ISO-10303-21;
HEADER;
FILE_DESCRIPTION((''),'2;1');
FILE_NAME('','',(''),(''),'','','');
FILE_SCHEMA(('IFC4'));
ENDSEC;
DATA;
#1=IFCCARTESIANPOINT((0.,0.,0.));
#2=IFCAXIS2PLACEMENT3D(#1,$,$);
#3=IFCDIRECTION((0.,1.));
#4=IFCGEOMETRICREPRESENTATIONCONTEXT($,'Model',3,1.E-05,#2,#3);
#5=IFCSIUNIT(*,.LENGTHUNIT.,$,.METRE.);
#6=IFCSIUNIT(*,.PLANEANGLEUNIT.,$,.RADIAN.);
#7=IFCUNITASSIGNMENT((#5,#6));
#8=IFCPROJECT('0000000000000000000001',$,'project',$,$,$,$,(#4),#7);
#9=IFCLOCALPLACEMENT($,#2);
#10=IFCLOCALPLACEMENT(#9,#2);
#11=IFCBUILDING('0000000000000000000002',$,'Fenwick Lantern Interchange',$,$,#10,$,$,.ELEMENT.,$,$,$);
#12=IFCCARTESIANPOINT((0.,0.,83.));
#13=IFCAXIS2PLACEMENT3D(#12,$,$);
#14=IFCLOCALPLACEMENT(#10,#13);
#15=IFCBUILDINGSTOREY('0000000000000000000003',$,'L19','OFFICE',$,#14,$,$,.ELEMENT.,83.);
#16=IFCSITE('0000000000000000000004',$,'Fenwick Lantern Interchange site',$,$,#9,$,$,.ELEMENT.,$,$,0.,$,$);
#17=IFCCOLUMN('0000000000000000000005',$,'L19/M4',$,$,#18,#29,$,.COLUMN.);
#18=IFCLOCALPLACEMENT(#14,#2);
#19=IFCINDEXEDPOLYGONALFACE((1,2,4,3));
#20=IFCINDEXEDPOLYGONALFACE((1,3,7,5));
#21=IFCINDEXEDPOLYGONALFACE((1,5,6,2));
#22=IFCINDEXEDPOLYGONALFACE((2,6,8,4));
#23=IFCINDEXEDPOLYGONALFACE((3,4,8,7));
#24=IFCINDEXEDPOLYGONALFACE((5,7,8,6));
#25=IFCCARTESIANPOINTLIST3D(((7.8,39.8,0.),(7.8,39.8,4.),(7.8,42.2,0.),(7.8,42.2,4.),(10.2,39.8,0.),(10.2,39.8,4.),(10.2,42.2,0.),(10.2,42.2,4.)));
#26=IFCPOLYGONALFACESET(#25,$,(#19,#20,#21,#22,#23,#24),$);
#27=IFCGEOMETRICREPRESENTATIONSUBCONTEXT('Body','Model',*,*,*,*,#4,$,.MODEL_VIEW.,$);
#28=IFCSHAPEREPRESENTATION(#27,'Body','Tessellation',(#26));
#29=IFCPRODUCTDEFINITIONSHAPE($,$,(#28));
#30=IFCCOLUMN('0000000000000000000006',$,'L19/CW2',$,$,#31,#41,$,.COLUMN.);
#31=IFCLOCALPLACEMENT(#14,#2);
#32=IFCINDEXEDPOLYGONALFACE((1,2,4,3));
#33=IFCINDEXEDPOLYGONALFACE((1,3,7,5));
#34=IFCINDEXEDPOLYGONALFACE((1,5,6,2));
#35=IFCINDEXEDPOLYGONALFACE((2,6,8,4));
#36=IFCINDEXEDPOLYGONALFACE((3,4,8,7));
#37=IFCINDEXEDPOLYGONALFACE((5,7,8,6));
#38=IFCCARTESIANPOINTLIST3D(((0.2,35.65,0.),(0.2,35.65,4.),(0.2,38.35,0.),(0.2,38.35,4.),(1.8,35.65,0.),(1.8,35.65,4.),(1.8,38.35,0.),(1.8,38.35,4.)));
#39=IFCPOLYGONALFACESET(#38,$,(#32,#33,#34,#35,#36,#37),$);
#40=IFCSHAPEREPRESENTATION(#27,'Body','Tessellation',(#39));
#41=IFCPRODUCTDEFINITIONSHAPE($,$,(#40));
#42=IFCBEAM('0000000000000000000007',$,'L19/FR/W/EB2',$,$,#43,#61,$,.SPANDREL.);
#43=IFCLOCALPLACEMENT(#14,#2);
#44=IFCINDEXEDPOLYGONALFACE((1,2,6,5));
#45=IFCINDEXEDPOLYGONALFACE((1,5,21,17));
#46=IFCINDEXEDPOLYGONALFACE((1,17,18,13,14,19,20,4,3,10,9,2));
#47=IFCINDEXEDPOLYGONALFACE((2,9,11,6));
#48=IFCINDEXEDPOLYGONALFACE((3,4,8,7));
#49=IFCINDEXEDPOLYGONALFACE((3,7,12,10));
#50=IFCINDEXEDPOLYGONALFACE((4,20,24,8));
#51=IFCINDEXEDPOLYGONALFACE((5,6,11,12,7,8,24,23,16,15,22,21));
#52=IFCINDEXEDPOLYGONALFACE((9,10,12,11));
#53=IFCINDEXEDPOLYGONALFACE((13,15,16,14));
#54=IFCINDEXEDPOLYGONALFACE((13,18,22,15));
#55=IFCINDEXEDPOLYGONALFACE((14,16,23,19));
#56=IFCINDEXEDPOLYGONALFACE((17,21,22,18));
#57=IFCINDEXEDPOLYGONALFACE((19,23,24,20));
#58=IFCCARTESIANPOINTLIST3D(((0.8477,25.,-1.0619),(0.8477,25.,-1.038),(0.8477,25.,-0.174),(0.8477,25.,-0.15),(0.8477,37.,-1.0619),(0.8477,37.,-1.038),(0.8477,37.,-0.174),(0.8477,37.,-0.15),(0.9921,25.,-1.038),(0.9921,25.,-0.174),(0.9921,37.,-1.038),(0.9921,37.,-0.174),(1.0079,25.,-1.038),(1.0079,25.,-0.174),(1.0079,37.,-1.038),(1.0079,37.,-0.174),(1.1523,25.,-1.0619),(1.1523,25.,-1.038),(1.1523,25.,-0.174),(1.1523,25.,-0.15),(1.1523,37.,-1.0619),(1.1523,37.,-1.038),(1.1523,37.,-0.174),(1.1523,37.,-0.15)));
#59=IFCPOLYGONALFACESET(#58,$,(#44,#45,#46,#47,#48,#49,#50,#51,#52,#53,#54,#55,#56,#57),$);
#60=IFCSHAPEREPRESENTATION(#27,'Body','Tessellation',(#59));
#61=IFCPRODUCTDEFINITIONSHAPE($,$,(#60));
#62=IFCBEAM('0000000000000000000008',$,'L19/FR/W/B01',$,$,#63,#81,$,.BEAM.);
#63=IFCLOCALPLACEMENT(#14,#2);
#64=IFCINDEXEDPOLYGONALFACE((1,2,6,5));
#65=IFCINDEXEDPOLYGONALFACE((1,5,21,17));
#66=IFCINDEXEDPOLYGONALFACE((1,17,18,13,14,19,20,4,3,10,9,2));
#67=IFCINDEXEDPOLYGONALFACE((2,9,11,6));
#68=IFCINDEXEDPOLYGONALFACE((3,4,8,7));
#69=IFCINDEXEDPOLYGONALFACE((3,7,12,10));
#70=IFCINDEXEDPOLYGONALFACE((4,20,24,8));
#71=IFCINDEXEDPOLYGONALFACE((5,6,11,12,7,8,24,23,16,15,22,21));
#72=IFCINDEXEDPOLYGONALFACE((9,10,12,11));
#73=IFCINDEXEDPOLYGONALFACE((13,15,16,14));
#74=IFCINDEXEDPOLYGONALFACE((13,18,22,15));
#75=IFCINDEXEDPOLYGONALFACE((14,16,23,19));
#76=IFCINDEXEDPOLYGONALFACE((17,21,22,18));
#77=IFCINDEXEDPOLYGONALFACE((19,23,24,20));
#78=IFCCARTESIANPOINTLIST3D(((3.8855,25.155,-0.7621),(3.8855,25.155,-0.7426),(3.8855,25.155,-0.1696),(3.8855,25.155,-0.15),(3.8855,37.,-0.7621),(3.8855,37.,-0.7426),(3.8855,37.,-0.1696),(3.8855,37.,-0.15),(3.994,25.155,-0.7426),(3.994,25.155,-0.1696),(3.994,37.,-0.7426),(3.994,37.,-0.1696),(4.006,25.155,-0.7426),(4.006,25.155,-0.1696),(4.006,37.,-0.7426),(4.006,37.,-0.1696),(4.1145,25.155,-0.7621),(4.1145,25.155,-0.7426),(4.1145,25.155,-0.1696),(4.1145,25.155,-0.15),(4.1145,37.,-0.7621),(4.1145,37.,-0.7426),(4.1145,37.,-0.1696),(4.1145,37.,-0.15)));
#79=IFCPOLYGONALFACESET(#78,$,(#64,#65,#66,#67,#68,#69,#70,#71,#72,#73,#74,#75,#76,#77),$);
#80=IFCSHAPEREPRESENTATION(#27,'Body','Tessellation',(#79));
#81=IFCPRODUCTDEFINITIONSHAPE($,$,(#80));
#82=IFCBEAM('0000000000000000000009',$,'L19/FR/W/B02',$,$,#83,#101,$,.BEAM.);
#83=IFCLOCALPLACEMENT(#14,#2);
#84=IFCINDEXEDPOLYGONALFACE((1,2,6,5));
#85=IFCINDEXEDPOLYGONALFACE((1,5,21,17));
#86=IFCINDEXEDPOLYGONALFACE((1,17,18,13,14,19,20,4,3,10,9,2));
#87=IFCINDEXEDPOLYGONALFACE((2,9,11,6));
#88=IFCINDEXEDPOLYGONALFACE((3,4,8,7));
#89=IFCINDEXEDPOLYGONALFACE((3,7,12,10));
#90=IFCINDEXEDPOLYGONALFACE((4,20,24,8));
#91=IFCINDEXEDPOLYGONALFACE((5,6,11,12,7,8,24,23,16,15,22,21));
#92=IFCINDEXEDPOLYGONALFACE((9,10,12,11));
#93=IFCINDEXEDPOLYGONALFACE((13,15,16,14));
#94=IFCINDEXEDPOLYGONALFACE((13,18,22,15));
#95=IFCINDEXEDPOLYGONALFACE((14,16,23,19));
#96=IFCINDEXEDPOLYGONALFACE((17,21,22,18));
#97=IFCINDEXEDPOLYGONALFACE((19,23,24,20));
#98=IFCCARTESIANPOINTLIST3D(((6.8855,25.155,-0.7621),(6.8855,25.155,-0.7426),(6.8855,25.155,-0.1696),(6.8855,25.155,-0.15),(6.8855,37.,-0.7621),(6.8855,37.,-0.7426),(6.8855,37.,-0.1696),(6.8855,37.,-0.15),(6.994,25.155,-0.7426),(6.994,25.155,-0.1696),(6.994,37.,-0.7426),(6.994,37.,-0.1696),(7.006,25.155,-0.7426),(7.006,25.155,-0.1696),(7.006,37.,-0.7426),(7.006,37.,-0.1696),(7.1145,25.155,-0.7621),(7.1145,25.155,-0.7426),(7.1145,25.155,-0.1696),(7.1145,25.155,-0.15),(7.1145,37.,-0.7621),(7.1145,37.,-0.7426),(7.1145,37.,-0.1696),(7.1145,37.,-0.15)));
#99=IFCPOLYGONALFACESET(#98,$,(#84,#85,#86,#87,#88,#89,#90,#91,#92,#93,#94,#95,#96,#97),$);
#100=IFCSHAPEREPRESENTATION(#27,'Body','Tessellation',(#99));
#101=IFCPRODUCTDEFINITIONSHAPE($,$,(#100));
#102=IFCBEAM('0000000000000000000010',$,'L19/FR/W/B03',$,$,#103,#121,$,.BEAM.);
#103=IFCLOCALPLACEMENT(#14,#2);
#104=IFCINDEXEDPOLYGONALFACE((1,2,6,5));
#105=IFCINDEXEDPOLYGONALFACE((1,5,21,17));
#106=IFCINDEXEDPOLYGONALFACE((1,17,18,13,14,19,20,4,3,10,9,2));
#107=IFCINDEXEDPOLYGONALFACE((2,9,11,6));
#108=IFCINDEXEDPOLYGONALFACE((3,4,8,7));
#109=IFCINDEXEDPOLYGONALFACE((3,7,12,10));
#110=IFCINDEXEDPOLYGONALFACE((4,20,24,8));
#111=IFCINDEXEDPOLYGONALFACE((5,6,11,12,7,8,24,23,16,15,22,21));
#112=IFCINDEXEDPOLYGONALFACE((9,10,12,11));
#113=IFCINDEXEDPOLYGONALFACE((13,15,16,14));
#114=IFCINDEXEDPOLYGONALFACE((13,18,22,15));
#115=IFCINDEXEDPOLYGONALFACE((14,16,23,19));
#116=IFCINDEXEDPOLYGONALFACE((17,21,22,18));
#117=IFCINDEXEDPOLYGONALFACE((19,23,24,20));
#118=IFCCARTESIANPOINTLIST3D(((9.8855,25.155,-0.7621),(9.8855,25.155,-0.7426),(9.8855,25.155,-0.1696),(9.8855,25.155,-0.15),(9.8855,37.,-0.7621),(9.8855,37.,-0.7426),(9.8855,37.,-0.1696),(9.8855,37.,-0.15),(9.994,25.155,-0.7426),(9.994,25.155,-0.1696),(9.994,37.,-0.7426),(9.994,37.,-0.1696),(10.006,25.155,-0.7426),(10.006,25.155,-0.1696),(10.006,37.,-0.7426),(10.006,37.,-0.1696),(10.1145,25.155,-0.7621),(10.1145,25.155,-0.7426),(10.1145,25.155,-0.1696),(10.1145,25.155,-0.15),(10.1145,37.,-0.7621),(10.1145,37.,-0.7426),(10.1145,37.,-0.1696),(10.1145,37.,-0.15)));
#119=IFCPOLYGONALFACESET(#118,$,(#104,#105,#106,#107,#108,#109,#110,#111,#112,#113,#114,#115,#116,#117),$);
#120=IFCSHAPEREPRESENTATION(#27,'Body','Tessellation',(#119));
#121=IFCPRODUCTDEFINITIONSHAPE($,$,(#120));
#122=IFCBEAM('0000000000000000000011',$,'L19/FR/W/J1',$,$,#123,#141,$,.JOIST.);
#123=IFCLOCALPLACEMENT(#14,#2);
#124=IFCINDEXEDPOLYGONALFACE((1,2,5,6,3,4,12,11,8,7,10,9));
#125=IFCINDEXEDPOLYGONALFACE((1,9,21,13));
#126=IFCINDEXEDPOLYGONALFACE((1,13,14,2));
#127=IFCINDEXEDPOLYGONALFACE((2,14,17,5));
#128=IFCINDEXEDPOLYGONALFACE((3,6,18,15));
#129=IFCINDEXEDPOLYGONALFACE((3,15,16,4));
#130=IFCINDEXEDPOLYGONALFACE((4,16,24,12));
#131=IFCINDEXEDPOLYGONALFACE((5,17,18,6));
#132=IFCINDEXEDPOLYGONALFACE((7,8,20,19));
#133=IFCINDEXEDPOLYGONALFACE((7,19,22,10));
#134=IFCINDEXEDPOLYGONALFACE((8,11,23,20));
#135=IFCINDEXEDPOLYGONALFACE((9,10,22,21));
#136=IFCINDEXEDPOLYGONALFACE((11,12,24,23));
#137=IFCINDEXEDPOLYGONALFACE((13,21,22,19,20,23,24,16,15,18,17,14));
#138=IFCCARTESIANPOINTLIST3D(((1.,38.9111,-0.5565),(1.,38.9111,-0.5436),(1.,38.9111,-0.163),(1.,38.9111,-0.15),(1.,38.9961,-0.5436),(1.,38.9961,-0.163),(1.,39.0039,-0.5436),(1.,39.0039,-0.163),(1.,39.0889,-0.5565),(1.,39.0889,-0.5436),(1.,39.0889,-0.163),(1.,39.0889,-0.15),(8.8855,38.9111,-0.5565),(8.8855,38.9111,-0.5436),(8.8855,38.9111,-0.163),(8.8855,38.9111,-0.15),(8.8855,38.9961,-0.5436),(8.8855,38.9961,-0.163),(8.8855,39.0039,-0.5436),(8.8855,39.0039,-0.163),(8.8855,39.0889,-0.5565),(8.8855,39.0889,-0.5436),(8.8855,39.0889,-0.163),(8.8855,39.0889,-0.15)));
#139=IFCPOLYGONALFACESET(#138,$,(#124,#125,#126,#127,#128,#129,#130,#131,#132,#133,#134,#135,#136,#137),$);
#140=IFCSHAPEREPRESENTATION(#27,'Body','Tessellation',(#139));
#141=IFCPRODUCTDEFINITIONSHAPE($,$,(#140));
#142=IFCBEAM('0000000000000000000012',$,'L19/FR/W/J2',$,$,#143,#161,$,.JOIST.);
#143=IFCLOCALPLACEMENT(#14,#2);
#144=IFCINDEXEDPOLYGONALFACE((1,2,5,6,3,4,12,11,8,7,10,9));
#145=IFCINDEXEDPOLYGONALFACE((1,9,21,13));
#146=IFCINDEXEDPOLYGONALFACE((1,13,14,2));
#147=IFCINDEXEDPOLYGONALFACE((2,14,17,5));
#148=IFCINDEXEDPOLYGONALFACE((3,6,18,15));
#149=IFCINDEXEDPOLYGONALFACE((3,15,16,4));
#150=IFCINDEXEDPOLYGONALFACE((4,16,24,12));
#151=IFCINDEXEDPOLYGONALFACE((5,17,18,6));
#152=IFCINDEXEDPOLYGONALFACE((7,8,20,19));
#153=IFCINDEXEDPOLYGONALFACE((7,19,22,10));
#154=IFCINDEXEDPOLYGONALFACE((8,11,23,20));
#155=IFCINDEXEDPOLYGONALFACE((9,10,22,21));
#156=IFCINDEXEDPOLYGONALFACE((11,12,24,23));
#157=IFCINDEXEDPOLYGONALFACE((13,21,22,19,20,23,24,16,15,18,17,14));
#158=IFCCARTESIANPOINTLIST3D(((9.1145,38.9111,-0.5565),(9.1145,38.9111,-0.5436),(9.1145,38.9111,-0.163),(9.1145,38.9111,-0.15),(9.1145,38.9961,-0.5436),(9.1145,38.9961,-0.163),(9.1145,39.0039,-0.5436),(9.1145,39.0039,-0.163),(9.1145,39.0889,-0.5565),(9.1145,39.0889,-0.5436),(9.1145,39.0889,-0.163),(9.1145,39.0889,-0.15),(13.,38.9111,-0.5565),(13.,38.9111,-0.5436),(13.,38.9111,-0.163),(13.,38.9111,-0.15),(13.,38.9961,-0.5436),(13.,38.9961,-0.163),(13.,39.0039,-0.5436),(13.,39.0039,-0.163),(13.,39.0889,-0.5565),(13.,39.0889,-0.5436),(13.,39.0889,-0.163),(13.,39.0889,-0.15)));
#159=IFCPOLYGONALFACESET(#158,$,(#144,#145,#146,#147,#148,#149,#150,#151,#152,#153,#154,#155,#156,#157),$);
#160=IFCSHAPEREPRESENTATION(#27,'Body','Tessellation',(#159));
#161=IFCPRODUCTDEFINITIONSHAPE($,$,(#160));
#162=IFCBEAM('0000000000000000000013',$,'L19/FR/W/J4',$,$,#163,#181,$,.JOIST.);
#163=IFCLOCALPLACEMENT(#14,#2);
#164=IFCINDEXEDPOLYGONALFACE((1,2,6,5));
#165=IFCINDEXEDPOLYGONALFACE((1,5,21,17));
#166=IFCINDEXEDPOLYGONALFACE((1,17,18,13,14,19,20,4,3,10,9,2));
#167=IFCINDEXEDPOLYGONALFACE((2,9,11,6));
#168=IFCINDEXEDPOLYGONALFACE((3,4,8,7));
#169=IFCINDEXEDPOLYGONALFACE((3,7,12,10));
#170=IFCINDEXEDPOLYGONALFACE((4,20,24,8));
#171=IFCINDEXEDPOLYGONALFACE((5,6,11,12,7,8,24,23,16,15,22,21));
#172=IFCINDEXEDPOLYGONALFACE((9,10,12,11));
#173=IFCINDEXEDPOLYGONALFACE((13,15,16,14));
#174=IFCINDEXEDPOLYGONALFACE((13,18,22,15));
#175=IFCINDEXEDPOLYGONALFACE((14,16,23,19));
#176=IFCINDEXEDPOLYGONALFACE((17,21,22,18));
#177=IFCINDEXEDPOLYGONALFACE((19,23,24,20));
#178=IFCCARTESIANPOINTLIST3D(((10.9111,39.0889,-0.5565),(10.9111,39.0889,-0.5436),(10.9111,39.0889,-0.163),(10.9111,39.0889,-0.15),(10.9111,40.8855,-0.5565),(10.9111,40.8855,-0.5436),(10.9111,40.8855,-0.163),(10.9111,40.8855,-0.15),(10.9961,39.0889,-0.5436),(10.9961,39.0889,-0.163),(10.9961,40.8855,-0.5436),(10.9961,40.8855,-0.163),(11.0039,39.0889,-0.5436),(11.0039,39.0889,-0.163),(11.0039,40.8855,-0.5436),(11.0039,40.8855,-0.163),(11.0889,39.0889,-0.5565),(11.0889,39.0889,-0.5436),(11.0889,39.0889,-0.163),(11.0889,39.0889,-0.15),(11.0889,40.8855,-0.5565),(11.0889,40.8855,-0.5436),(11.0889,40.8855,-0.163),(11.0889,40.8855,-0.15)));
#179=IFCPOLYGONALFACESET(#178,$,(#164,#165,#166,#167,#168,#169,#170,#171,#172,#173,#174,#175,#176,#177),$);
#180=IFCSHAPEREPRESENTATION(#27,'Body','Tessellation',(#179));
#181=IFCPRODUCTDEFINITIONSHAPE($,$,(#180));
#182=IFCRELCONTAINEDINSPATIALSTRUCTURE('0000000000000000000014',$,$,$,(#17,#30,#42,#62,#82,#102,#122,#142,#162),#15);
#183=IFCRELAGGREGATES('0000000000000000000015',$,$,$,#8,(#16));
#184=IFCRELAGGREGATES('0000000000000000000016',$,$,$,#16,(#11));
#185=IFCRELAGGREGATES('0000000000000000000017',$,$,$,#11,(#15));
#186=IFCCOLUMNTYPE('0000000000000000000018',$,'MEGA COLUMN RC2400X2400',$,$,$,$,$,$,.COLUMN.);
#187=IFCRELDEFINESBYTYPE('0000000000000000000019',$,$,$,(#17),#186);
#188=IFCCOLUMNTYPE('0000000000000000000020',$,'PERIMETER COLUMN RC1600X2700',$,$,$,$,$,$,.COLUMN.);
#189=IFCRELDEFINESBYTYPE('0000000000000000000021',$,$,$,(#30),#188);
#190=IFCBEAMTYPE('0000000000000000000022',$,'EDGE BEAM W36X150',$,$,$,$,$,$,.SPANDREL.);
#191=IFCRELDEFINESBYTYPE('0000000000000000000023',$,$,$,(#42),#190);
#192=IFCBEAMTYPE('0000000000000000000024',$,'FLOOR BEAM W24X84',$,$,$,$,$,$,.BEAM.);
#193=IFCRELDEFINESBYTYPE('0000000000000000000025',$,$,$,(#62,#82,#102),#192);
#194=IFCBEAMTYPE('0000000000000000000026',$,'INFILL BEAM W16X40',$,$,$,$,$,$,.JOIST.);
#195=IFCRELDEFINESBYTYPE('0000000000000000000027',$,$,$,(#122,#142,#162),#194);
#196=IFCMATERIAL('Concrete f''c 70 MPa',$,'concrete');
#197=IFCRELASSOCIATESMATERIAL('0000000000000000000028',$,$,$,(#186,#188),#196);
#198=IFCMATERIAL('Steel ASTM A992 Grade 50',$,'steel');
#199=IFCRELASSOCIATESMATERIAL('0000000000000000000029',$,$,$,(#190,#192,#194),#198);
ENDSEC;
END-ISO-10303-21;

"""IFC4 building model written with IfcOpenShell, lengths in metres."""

from ifc_helpers import new_model, si_unit, direction, frame, origin, origin_2d, place, context, subcontext, project, spatial, rectangle, i_section, extrude, material, material_profile, profile_set, type_object, element, save


model = new_model("IFC4")

# Units and contexts
model_context = context("Model", 3, precision=1e-05, world=origin(), true_north=direction((0.0, 1.0)))
body_context = subcontext(model_context, "Body", "Model", "MODEL_VIEW")
ifc_project = project(units=[si_unit("LENGTHUNIT", "METRE"), si_unit("PLANEANGLEUNIT", "RADIAN")], contexts=[model_context])

# Site, building, storey
site_placement = place(None, origin())
site = spatial("IfcSite", under=ifc_project, at=site_placement, Name="Fenwick Lantern Interchange site", CompositionType="ELEMENT", RefElevation=0.0)
building_placement = place(site_placement, origin())
building = spatial("IfcBuilding", under=site, at=building_placement, Name="Fenwick Lantern Interchange", CompositionType="ELEMENT")
storey_placement = place(building_placement, frame((0.0, 0.0, 83.0)))
storey = spatial("IfcBuildingStorey", under=building, at=storey_placement, Name="L19", Description="OFFICE", CompositionType="ELEMENT", Elevation=83.0)

# Columns
ifc_material_1 = material(Name="Concrete f'c 70 MPa", Category="concrete")
ifc_material_profile_1 = material_profile(ifc_material_1, rectangle(XDim=2.3999, YDim=2.3999, at=origin_2d()), Name="RC2400X2400")
ifc_profile_set_1 = profile_set([ifc_material_profile_1], Name="Concrete f'c 70 MPa")
column_type_1 = type_object("IfcColumnType", Name="MEGA COLUMN RC2400X2400", PredefinedType="COLUMN", material=ifc_profile_set_1)
column_1_placement = place(storey_placement, frame((9.0, 41.0, 0.0), z_axis=(0.0, 0.0, 1.0), x_axis=(1.0, 0.0, 0.0)))
element("IfcColumn", 1, at=column_1_placement, inside=storey, type_object=column_type_1, Name="L19/M4", PredefinedType="COLUMN", context=body_context, shape_type="SweptSolid", body=[
    extrude(rectangle(XDim=2.3999, YDim=2.3999, at=origin_2d()), origin(), (0.0, 0.0, 1.0), 4.0),
])
ifc_material_profile_2 = material_profile(ifc_material_1, rectangle(XDim=1.6001, YDim=2.7, at=origin_2d()), Name="RC1600X2700")
ifc_profile_set_2 = profile_set([ifc_material_profile_2], Name="Concrete f'c 70 MPa")
column_type_2 = type_object("IfcColumnType", Name="PERIMETER COLUMN RC1600X2700", PredefinedType="COLUMN", material=ifc_profile_set_2)
column_2_placement = place(storey_placement, frame((1.0, 37.0, 0.0), z_axis=(0.0, 0.0, 1.0), x_axis=(1.0, 0.0, 0.0)))
element("IfcColumn", 2, at=column_2_placement, inside=storey, type_object=column_type_2, Name="L19/CW2", PredefinedType="COLUMN", context=body_context, shape_type="SweptSolid", body=[
    extrude(rectangle(XDim=1.6001, YDim=2.7, at=origin_2d()), origin(), (0.0, 0.0, 1.0), 4.0),
])

# Beams
ifc_material_2 = material(Name="Steel ASTM A992 Grade 50", Category="steel")
ifc_material_profile_3 = material_profile(ifc_material_2, i_section(OverallWidth=0.3047, OverallDepth=0.9119, WebThickness=0.0159, FlangeThickness=0.0239, at=origin_2d()), Name="W36X150")
ifc_profile_set_3 = profile_set([ifc_material_profile_3], Name="Steel ASTM A992 Grade 50")
beam_type_1 = type_object("IfcBeamType", Name="EDGE BEAM W36X150", PredefinedType="SPANDREL", material=ifc_profile_set_3)
beam_1_placement = place(storey_placement, frame((1.0, 37.0, -0.606), z_axis=(0.0, -1.0, 0.0), x_axis=(1.0, 0.0, 0.0)))
element("IfcBeam", 3, at=beam_1_placement, inside=storey, type_object=beam_type_1, Name="L19/FR/W/EB2", PredefinedType="SPANDREL", context=body_context, shape_type="SweptSolid", body=[
    extrude(i_section(OverallWidth=0.3047, OverallDepth=0.9119, WebThickness=0.0159, FlangeThickness=0.0239, at=origin_2d()), origin(), (0.0, 0.0, 1.0), 12.0),
])
ifc_material_profile_4 = material_profile(ifc_material_2, i_section(OverallWidth=0.229, OverallDepth=0.6121, WebThickness=0.012, FlangeThickness=0.0195, at=origin_2d()), Name="W24X84")
ifc_profile_set_4 = profile_set([ifc_material_profile_4], Name="Steel ASTM A992 Grade 50")
beam_type_2 = type_object("IfcBeamType", Name="FLOOR BEAM W24X84", PredefinedType="BEAM", material=ifc_profile_set_4)
for number, where, z_axis, x_axis, name in (
    (4, (4.0, 37.0, -0.4561), (0.0, -1.0, 0.0), (1.0, 0.0, 0.0), "L19/FR/W/B01"),
    (5, (7.0, 37.0, -0.4561), (0.0, -1.0, 0.0), (1.0, 0.0, 0.0), "L19/FR/W/B02"),
    (6, (10.0, 37.0, -0.4561), (0.0, -1.0, 0.0), (1.0, 0.0, 0.0), "L19/FR/W/B03"),
):
    element("IfcBeam", number, at=place(storey_placement, frame(where, z_axis=z_axis, x_axis=x_axis)), inside=storey, type_object=beam_type_2, Name=name, PredefinedType="BEAM", context=body_context, shape_type="SweptSolid", body=[
        extrude(i_section(OverallWidth=0.229, OverallDepth=0.6121, WebThickness=0.012, FlangeThickness=0.0195, at=origin_2d()), origin(), (0.0, 0.0, 1.0), 11.845),
    ])
ifc_material_profile_5 = material_profile(ifc_material_2, i_section(OverallWidth=0.1777, OverallDepth=0.4065, WebThickness=0.0078, FlangeThickness=0.0129, at=origin_2d()), Name="W16X40")
ifc_profile_set_5 = profile_set([ifc_material_profile_5], Name="Steel ASTM A992 Grade 50")
beam_type_3 = type_object("IfcBeamType", Name="INFILL BEAM W16X40", PredefinedType="JOIST", material=ifc_profile_set_5)
beam_2_placement = place(storey_placement, frame((1.0, 39.0, -0.3533), z_axis=(1.0, 0.0, 0.0), x_axis=(0.0, 1.0, 0.0)))
element("IfcBeam", 7, at=beam_2_placement, inside=storey, type_object=beam_type_3, Name="L19/FR/W/J1", PredefinedType="JOIST", context=body_context, shape_type="SweptSolid", body=[
    extrude(i_section(OverallWidth=0.1777, OverallDepth=0.4065, WebThickness=0.0078, FlangeThickness=0.0129, at=origin_2d()), origin(), (0.0, 0.0, 1.0), 7.8855),
])
beam_3_placement = place(storey_placement, frame((9.1145, 39.0, -0.3533), z_axis=(1.0, 0.0, 0.0), x_axis=(0.0, 1.0, 0.0)))
element("IfcBeam", 8, at=beam_3_placement, inside=storey, type_object=beam_type_3, Name="L19/FR/W/J2", PredefinedType="JOIST", context=body_context, shape_type="SweptSolid", body=[
    extrude(i_section(OverallWidth=0.1777, OverallDepth=0.4065, WebThickness=0.0078, FlangeThickness=0.0129, at=origin_2d()), origin(), (0.0, 0.0, 1.0), 3.8855),
])
beam_4_placement = place(storey_placement, frame((11.0, 40.8855, -0.3533), z_axis=(0.0, -1.0, 0.0), x_axis=(1.0, 0.0, 0.0)))
element("IfcBeam", 9, at=beam_4_placement, inside=storey, type_object=beam_type_3, Name="L19/FR/W/J4", PredefinedType="JOIST", context=body_context, shape_type="SweptSolid", body=[
    extrude(i_section(OverallWidth=0.1777, OverallDepth=0.4065, WebThickness=0.0078, FlangeThickness=0.0129, at=origin_2d()), origin(), (0.0, 0.0, 1.0), 1.7966),
])

save(model, "model.ifc")
